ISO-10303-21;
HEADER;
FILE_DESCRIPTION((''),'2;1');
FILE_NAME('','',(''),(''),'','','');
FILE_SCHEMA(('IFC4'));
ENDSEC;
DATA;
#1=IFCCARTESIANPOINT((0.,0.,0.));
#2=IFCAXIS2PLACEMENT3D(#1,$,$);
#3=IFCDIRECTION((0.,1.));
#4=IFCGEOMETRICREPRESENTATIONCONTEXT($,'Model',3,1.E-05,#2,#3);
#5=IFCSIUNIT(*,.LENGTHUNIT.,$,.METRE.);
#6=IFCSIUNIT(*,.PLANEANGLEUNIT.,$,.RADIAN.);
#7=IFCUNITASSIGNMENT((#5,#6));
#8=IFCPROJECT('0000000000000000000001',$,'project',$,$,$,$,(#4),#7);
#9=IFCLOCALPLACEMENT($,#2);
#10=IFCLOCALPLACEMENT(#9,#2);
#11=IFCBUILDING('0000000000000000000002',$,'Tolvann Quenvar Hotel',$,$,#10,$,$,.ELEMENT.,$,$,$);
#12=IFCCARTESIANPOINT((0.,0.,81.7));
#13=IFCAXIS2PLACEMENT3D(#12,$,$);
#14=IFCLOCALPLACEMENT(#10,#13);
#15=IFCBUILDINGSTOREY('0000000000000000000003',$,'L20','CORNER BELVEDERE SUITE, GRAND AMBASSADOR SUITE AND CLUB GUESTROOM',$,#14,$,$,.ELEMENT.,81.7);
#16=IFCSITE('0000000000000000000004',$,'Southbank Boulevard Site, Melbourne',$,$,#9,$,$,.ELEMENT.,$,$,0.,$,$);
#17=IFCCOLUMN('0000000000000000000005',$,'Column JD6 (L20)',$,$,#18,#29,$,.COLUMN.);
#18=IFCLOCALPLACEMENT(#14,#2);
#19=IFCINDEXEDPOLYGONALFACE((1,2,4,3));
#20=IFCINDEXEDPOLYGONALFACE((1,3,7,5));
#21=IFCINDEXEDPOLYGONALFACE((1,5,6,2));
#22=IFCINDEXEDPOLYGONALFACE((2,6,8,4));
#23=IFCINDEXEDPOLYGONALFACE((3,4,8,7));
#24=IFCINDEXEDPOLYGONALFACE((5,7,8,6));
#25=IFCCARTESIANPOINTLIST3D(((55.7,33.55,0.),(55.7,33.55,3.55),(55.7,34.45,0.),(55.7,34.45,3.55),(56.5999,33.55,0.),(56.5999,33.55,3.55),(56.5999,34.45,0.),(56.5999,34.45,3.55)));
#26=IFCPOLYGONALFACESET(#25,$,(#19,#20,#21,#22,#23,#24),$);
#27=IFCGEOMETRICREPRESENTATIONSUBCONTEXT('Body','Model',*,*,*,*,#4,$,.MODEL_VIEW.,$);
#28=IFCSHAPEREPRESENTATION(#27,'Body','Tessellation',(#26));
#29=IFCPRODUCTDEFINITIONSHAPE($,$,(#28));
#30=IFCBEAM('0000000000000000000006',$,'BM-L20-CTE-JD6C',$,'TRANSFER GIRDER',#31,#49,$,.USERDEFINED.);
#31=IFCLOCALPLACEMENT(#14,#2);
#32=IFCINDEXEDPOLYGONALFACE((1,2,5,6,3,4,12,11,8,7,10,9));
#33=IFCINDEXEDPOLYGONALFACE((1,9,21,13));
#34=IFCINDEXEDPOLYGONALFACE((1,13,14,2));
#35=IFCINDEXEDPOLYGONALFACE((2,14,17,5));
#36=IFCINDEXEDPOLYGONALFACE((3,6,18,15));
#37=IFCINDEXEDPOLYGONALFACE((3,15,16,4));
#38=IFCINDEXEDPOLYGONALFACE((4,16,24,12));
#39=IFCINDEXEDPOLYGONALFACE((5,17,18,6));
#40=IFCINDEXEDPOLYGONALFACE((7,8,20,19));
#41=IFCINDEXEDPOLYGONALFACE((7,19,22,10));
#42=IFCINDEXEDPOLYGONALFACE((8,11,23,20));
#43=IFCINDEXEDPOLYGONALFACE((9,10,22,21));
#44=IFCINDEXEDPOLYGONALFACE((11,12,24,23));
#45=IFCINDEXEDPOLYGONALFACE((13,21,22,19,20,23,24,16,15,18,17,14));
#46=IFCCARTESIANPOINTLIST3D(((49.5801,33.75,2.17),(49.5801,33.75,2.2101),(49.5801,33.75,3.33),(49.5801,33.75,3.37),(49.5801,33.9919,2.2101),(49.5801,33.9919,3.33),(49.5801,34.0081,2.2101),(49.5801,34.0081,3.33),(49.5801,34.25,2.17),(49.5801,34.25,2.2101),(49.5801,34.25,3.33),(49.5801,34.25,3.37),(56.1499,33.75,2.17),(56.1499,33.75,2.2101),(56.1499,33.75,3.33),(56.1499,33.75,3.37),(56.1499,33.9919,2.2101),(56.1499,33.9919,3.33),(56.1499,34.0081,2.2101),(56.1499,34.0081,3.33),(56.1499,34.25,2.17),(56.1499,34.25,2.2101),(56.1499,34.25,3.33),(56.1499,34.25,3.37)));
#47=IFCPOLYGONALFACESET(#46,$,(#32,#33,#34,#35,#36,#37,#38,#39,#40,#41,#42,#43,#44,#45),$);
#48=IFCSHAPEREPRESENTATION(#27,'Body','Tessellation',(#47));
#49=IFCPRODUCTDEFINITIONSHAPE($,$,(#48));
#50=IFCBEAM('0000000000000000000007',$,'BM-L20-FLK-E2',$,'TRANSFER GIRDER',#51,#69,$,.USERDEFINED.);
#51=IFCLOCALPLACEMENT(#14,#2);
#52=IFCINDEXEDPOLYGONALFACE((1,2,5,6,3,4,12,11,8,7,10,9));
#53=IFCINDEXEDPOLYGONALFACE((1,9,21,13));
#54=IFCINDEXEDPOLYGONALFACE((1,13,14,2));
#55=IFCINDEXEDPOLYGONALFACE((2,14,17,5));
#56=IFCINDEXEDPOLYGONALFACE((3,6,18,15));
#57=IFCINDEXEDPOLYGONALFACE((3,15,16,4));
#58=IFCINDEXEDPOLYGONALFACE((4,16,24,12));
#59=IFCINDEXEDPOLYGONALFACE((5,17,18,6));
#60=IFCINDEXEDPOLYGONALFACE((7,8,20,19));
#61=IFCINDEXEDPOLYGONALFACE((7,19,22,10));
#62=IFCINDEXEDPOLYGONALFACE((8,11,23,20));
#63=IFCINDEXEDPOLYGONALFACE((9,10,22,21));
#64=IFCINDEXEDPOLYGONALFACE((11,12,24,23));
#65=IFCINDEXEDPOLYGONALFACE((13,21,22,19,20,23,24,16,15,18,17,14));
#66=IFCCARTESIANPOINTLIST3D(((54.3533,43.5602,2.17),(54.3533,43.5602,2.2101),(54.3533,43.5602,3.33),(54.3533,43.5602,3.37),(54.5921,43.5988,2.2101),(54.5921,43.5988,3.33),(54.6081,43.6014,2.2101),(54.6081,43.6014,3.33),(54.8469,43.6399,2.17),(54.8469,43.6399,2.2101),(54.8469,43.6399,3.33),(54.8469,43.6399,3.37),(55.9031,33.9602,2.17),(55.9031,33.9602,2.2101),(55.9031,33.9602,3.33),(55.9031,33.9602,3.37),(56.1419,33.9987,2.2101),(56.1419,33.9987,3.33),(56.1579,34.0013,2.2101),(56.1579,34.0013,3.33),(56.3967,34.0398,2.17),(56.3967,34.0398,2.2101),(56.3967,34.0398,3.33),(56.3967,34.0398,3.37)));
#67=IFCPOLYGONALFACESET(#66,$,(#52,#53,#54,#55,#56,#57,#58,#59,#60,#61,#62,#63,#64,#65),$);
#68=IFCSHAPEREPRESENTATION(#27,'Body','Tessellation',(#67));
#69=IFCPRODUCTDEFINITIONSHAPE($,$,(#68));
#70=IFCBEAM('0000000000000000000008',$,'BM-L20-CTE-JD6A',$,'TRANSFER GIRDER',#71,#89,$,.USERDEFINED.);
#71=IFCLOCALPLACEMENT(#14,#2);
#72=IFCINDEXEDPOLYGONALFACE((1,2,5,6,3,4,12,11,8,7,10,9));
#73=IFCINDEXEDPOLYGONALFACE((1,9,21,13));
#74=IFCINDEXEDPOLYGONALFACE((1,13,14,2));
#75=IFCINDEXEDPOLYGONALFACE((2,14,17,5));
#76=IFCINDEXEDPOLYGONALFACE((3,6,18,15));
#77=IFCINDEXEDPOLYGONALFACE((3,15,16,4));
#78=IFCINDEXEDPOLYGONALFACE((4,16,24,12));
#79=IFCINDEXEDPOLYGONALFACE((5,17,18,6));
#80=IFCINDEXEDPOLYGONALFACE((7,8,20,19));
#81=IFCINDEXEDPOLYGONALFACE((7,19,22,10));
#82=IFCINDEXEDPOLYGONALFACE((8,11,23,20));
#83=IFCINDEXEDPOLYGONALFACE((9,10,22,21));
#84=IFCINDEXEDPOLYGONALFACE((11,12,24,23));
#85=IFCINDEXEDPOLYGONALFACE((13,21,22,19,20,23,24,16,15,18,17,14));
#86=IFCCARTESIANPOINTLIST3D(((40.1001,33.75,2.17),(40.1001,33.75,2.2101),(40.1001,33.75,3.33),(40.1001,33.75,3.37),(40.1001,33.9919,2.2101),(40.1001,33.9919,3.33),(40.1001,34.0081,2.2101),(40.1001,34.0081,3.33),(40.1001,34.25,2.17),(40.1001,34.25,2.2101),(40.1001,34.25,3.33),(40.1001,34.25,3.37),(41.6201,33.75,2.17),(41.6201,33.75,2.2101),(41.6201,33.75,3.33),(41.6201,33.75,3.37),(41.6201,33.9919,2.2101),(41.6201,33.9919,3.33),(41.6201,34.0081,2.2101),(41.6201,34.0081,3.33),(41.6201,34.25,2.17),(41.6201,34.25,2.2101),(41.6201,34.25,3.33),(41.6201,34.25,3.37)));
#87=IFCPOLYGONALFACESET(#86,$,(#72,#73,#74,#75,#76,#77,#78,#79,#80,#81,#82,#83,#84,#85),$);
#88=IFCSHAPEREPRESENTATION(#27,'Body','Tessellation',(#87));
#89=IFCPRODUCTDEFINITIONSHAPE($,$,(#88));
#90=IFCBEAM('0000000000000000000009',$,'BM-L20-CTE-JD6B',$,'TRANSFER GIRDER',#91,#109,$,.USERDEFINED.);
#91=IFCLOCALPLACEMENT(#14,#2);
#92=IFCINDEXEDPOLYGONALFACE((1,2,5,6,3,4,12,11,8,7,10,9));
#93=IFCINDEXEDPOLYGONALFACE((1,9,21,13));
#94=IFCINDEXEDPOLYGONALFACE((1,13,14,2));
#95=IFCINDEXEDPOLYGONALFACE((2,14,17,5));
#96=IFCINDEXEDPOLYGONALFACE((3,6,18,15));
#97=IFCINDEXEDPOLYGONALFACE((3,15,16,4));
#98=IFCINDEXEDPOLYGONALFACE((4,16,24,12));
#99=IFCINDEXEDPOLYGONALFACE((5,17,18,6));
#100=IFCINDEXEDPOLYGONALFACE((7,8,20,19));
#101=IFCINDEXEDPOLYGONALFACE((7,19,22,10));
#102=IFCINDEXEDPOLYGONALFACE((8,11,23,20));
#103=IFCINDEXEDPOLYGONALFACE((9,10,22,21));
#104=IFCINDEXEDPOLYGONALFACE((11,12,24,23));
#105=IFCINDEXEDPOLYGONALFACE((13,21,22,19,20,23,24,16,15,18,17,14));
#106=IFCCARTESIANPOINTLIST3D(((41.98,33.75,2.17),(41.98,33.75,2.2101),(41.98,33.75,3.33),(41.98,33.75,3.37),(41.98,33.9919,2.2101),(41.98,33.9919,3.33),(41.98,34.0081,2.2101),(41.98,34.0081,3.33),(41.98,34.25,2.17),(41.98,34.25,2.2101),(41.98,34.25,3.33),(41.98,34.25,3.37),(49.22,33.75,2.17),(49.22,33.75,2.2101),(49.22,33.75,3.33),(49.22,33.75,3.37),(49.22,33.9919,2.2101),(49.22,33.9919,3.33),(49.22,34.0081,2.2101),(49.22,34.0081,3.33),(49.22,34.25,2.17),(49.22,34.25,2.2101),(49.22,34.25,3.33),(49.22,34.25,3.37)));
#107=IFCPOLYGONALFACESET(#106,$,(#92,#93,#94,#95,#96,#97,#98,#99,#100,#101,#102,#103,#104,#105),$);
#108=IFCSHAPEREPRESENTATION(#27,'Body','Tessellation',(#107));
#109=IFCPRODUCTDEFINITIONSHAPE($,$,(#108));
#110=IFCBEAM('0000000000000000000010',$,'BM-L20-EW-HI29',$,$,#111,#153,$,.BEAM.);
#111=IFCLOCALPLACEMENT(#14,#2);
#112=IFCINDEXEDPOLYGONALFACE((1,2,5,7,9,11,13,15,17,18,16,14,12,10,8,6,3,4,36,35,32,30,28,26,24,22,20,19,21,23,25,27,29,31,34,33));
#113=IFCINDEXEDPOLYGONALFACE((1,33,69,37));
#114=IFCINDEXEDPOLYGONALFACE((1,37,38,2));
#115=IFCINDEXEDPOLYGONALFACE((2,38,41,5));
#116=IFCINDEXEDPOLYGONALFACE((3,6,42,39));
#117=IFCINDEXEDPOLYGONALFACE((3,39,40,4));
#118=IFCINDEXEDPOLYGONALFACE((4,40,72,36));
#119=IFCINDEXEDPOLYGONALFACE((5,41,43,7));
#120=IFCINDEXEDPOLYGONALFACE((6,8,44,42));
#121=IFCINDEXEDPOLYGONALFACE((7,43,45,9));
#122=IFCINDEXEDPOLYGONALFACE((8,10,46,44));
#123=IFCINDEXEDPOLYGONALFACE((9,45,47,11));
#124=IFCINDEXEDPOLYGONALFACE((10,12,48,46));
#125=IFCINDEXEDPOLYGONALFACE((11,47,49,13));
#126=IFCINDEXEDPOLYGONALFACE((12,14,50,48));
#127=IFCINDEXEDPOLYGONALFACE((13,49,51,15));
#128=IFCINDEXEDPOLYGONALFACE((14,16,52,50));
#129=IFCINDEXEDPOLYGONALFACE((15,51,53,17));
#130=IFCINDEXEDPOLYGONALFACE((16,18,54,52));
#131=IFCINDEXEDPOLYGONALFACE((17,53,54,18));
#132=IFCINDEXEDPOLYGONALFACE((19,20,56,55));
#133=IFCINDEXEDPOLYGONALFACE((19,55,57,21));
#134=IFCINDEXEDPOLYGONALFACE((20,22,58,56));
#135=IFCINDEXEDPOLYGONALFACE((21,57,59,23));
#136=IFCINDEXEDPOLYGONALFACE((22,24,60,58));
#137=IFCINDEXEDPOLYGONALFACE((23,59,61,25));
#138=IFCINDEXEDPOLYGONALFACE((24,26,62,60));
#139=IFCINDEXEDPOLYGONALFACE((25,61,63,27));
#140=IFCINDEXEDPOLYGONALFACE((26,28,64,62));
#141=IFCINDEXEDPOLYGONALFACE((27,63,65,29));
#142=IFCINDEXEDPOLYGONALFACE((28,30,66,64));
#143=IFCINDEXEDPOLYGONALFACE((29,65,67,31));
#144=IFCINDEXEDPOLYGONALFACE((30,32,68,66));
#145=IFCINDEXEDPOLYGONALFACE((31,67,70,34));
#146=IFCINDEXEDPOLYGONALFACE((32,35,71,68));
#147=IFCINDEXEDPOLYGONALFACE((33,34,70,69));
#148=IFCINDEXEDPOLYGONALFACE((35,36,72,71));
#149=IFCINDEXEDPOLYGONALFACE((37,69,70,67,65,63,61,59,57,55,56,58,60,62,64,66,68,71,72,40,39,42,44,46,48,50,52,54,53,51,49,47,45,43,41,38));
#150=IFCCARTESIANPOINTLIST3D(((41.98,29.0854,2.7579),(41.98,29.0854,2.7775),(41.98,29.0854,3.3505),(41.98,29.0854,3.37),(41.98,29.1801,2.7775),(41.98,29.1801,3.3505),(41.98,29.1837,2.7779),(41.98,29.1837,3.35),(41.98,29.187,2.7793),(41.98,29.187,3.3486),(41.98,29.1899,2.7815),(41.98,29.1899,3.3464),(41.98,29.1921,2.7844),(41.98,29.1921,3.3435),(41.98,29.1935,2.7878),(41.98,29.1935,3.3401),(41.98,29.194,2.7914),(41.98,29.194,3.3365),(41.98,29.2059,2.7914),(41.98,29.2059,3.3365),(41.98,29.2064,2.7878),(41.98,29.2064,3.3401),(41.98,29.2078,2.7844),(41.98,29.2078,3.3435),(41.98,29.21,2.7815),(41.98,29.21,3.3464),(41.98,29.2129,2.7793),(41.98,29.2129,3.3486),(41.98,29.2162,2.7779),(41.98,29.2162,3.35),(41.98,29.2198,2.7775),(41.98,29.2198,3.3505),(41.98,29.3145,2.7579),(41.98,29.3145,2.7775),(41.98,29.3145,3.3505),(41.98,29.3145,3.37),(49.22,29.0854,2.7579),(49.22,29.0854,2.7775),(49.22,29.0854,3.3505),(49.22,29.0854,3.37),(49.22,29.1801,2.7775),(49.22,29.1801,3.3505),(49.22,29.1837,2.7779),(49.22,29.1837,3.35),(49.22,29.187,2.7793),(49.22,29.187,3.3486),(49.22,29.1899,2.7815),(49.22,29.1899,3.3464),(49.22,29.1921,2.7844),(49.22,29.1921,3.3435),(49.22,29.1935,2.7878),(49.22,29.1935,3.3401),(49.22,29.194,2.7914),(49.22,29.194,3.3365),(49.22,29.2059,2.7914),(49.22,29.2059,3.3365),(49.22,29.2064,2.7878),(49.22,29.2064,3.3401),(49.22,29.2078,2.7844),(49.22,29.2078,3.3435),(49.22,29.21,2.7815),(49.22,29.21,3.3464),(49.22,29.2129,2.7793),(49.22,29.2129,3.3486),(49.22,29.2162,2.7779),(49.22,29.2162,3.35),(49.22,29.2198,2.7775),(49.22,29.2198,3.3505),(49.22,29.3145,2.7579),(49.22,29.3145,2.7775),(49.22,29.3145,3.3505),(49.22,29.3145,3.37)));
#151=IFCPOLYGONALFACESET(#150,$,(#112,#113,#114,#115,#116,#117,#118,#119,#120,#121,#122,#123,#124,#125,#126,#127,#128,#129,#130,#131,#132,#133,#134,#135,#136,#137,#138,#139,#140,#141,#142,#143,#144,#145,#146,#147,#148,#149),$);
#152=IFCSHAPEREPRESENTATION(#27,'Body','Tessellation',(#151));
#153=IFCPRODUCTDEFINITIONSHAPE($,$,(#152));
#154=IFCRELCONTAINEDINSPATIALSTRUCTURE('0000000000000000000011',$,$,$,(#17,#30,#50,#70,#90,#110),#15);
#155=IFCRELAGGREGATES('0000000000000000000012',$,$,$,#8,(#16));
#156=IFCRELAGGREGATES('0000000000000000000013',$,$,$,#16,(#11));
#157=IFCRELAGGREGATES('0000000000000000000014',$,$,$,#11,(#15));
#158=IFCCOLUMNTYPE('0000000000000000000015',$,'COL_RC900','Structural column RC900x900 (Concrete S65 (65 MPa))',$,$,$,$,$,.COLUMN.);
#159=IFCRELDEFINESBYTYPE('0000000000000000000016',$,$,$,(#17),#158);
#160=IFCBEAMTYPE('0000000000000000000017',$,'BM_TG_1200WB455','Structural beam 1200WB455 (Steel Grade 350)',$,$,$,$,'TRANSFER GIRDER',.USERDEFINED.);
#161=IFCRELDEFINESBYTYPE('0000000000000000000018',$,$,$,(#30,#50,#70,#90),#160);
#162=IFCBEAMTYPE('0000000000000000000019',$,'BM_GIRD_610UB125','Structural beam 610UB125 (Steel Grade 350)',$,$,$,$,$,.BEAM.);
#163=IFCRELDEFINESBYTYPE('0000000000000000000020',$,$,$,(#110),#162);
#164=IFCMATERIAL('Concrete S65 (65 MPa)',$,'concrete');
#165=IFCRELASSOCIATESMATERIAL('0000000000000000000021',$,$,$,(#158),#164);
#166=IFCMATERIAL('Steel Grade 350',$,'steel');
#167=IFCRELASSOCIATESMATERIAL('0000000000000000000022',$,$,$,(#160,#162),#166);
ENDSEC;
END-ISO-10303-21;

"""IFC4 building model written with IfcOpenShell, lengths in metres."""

from ifc_helpers import new_model, si_unit, direction, frame, origin, origin_2d, place, context, subcontext, project, spatial, rectangle, i_section, extrude, source, transform, mapped, material, material_profile, profile_set, type_object, type_shapes, element, save


model = new_model("IFC4")

# Units and contexts
model_context = context("Model", 3, precision=1e-05, world=origin(), true_north=direction((0.0, 1.0)))
body_context = subcontext(model_context, "Body", "Model", "MODEL_VIEW")
ifc_project = project(units=[si_unit("LENGTHUNIT", "METRE"), si_unit("PLANEANGLEUNIT", "RADIAN")], contexts=[model_context])

# Site, building, storey
site_placement = place(None, origin())
site = spatial("IfcSite", under=ifc_project, at=site_placement, Name="Southbank Boulevard Site, Melbourne", CompositionType="ELEMENT", RefElevation=0.0)
building_placement = place(site_placement, origin())
building = spatial("IfcBuilding", under=site, at=building_placement, Name="Tolvann Quenvar Hotel", CompositionType="ELEMENT")
storey_placement = place(building_placement, frame((0.0, 0.0, 81.7)))
storey = spatial("IfcBuildingStorey", under=building, at=storey_placement, Name="L20", Description="CORNER BELVEDERE SUITE, GRAND AMBASSADOR SUITE AND CLUB GUESTROOM", CompositionType="ELEMENT", Elevation=81.7)

# Column
ifc_material_1 = material(Name="Concrete S65 (65 MPa)", Category="concrete")
ifc_material_profile_1 = material_profile(ifc_material_1, rectangle(XDim=0.8999, YDim=0.8999, at=origin_2d()), Name="RC900x900")
ifc_profile_set_1 = profile_set([ifc_material_profile_1], Name="Concrete S65 (65 MPa)")
column_type = type_object("IfcColumnType", Name="COL_RC900", Description="Structural column RC900x900 (Concrete S65 (65 MPa))", PredefinedType="COLUMN", material=ifc_profile_set_1)
shared_shape_1 = source(origin(), body_context, "Body", "SweptSolid", [
    extrude(rectangle(XDim=0.8999, YDim=0.8999, at=origin_2d()), origin(), (0.0, 0.0, 1.0), 3.55),
])
type_shapes(column_type, [shared_shape_1])
column_placement = place(storey_placement, frame((56.1499, 34.0, 0.0), z_axis=(0.0, 0.0, 1.0), x_axis=(1.0, 0.0, 0.0)))
element("IfcColumn", 1, at=column_placement, inside=storey, type_object=column_type, Name="Column JD6 (L20)", PredefinedType="COLUMN", context=body_context, shape_type="MappedRepresentation", body=[
    mapped(shared_shape_1, transform((0.0, 0.0, 0.0), x_axis=(1.0, 0.0, 0.0), y_axis=(0.0, 1.0, 0.0), z_axis=(0.0, 0.0, 1.0), scale=1.0)),
])

# Beams
ifc_material_2 = material(Name="Steel Grade 350", Category="steel")
ifc_material_profile_2 = material_profile(ifc_material_2, i_section(OverallWidth=0.5, OverallDepth=1.2, WebThickness=0.0161, FlangeThickness=0.04, at=origin_2d()), Name="1200WB455")
ifc_profile_set_2 = profile_set([ifc_material_profile_2], Name="Steel Grade 350")
beam_type_1 = type_object("IfcBeamType", Name="BM_TG_1200WB455", Description="Structural beam 1200WB455 (Steel Grade 350)", ElementType="TRANSFER GIRDER", PredefinedType="USERDEFINED", material=ifc_profile_set_2)
shared_shape_2 = source(origin(), body_context, "Body", "SweptSolid", [
    extrude(i_section(OverallWidth=0.5, OverallDepth=1.2, WebThickness=0.0161, FlangeThickness=0.04, at=origin_2d()), origin(), (0.0, 0.0, 1.0), 6.5698),
])
beam_1_placement = place(storey_placement, frame((49.5801, 34.0, 2.77), z_axis=(1.0, 0.0, 0.0), x_axis=(0.0, 1.0, 0.0)))
element("IfcBeam", 2, at=beam_1_placement, inside=storey, type_object=beam_type_1, Name="BM-L20-CTE-JD6C", ObjectType="TRANSFER GIRDER", PredefinedType="USERDEFINED", context=body_context, shape_type="MappedRepresentation", body=[
    mapped(shared_shape_2, transform((0.0, 0.0, 0.0), x_axis=(1.0, 0.0, 0.0), y_axis=(0.0, 1.0, 0.0), z_axis=(0.0, 0.0, 1.0), scale=1.0)),
])
shared_shape_3 = source(origin(), body_context, "Body", "SweptSolid", [
    extrude(i_section(OverallWidth=0.5, OverallDepth=1.2, WebThickness=0.0161, FlangeThickness=0.04, at=origin_2d()), origin(), (0.0, 0.0, 1.0), 9.7244),
])
beam_2_placement = place(storey_placement, frame((56.1499, 34.0, 2.77), z_axis=(-0.159373, 0.987218, 0.0), x_axis=(-0.987218, -0.159373, 0.0)))
element("IfcBeam", 3, at=beam_2_placement, inside=storey, type_object=beam_type_1, Name="BM-L20-FLK-E2", ObjectType="TRANSFER GIRDER", PredefinedType="USERDEFINED", context=body_context, shape_type="MappedRepresentation", body=[
    mapped(shared_shape_3, transform((0.0, 0.0, 0.0), x_axis=(1.0, 0.0, 0.0), y_axis=(0.0, 1.0, 0.0), z_axis=(0.0, 0.0, 1.0), scale=1.0)),
])
shared_shape_4 = source(origin(), body_context, "Body", "SweptSolid", [
    extrude(i_section(OverallWidth=0.5, OverallDepth=1.2, WebThickness=0.0161, FlangeThickness=0.04, at=origin_2d()), origin(), (0.0, 0.0, 1.0), 1.52),
])
beam_3_placement = place(storey_placement, frame((40.1001, 34.0, 2.77), z_axis=(1.0, 0.0, 0.0), x_axis=(0.0, 1.0, 0.0)))
element("IfcBeam", 4, at=beam_3_placement, inside=storey, type_object=beam_type_1, Name="BM-L20-CTE-JD6A", ObjectType="TRANSFER GIRDER", PredefinedType="USERDEFINED", context=body_context, shape_type="MappedRepresentation", body=[
    mapped(shared_shape_4, transform((0.0, 0.0, 0.0), x_axis=(1.0, 0.0, 0.0), y_axis=(0.0, 1.0, 0.0), z_axis=(0.0, 0.0, 1.0), scale=1.0)),
])
shared_shape_5 = source(origin(), body_context, "Body", "SweptSolid", [
    extrude(i_section(OverallWidth=0.5, OverallDepth=1.2, WebThickness=0.0161, FlangeThickness=0.04, at=origin_2d()), origin(), (0.0, 0.0, 1.0), 7.24),
])
type_shapes(beam_type_1, [shared_shape_2, shared_shape_3, shared_shape_4, shared_shape_5])
beam_4_placement = place(storey_placement, frame((41.98, 34.0, 2.77), z_axis=(1.0, 0.0, 0.0), x_axis=(0.0, 1.0, 0.0)))
element("IfcBeam", 5, at=beam_4_placement, inside=storey, type_object=beam_type_1, Name="BM-L20-CTE-JD6B", ObjectType="TRANSFER GIRDER", PredefinedType="USERDEFINED", context=body_context, shape_type="MappedRepresentation", body=[
    mapped(shared_shape_5, transform((0.0, 0.0, 0.0), x_axis=(1.0, 0.0, 0.0), y_axis=(0.0, 1.0, 0.0), z_axis=(0.0, 0.0, 1.0), scale=1.0)),
])
ifc_material_profile_3 = material_profile(ifc_material_2, i_section(OverallWidth=0.229, OverallDepth=0.6121, WebThickness=0.012, FlangeThickness=0.0195, FilletRadius=0.0139, at=origin_2d()), Name="610UB125")
ifc_profile_set_3 = profile_set([ifc_material_profile_3], Name="Steel Grade 350")
beam_type_2 = type_object("IfcBeamType", Name="BM_GIRD_610UB125", Description="Structural beam 610UB125 (Steel Grade 350)", PredefinedType="BEAM", material=ifc_profile_set_3)
shared_shape_6 = source(origin(), body_context, "Body", "SweptSolid", [
    extrude(i_section(OverallWidth=0.229, OverallDepth=0.6121, WebThickness=0.012, FlangeThickness=0.0195, FilletRadius=0.0139, at=origin_2d()), origin(), (0.0, 0.0, 1.0), 7.24),
])
beam_5_placement = place(storey_placement, frame((41.98, 29.2, 3.064), z_axis=(1.0, 0.0, 0.0), x_axis=(0.0, 1.0, 0.0)))
element("IfcBeam", 6, at=beam_5_placement, inside=storey, type_object=beam_type_2, Name="BM-L20-EW-HI29", PredefinedType="BEAM", context=body_context, shape_type="MappedRepresentation", body=[
    mapped(shared_shape_6, transform((0.0, 0.0, 0.0), x_axis=(1.0, 0.0, 0.0), y_axis=(0.0, 1.0, 0.0), z_axis=(0.0, 0.0, 1.0), scale=1.0)),
])

save(model, "model.ifc")
